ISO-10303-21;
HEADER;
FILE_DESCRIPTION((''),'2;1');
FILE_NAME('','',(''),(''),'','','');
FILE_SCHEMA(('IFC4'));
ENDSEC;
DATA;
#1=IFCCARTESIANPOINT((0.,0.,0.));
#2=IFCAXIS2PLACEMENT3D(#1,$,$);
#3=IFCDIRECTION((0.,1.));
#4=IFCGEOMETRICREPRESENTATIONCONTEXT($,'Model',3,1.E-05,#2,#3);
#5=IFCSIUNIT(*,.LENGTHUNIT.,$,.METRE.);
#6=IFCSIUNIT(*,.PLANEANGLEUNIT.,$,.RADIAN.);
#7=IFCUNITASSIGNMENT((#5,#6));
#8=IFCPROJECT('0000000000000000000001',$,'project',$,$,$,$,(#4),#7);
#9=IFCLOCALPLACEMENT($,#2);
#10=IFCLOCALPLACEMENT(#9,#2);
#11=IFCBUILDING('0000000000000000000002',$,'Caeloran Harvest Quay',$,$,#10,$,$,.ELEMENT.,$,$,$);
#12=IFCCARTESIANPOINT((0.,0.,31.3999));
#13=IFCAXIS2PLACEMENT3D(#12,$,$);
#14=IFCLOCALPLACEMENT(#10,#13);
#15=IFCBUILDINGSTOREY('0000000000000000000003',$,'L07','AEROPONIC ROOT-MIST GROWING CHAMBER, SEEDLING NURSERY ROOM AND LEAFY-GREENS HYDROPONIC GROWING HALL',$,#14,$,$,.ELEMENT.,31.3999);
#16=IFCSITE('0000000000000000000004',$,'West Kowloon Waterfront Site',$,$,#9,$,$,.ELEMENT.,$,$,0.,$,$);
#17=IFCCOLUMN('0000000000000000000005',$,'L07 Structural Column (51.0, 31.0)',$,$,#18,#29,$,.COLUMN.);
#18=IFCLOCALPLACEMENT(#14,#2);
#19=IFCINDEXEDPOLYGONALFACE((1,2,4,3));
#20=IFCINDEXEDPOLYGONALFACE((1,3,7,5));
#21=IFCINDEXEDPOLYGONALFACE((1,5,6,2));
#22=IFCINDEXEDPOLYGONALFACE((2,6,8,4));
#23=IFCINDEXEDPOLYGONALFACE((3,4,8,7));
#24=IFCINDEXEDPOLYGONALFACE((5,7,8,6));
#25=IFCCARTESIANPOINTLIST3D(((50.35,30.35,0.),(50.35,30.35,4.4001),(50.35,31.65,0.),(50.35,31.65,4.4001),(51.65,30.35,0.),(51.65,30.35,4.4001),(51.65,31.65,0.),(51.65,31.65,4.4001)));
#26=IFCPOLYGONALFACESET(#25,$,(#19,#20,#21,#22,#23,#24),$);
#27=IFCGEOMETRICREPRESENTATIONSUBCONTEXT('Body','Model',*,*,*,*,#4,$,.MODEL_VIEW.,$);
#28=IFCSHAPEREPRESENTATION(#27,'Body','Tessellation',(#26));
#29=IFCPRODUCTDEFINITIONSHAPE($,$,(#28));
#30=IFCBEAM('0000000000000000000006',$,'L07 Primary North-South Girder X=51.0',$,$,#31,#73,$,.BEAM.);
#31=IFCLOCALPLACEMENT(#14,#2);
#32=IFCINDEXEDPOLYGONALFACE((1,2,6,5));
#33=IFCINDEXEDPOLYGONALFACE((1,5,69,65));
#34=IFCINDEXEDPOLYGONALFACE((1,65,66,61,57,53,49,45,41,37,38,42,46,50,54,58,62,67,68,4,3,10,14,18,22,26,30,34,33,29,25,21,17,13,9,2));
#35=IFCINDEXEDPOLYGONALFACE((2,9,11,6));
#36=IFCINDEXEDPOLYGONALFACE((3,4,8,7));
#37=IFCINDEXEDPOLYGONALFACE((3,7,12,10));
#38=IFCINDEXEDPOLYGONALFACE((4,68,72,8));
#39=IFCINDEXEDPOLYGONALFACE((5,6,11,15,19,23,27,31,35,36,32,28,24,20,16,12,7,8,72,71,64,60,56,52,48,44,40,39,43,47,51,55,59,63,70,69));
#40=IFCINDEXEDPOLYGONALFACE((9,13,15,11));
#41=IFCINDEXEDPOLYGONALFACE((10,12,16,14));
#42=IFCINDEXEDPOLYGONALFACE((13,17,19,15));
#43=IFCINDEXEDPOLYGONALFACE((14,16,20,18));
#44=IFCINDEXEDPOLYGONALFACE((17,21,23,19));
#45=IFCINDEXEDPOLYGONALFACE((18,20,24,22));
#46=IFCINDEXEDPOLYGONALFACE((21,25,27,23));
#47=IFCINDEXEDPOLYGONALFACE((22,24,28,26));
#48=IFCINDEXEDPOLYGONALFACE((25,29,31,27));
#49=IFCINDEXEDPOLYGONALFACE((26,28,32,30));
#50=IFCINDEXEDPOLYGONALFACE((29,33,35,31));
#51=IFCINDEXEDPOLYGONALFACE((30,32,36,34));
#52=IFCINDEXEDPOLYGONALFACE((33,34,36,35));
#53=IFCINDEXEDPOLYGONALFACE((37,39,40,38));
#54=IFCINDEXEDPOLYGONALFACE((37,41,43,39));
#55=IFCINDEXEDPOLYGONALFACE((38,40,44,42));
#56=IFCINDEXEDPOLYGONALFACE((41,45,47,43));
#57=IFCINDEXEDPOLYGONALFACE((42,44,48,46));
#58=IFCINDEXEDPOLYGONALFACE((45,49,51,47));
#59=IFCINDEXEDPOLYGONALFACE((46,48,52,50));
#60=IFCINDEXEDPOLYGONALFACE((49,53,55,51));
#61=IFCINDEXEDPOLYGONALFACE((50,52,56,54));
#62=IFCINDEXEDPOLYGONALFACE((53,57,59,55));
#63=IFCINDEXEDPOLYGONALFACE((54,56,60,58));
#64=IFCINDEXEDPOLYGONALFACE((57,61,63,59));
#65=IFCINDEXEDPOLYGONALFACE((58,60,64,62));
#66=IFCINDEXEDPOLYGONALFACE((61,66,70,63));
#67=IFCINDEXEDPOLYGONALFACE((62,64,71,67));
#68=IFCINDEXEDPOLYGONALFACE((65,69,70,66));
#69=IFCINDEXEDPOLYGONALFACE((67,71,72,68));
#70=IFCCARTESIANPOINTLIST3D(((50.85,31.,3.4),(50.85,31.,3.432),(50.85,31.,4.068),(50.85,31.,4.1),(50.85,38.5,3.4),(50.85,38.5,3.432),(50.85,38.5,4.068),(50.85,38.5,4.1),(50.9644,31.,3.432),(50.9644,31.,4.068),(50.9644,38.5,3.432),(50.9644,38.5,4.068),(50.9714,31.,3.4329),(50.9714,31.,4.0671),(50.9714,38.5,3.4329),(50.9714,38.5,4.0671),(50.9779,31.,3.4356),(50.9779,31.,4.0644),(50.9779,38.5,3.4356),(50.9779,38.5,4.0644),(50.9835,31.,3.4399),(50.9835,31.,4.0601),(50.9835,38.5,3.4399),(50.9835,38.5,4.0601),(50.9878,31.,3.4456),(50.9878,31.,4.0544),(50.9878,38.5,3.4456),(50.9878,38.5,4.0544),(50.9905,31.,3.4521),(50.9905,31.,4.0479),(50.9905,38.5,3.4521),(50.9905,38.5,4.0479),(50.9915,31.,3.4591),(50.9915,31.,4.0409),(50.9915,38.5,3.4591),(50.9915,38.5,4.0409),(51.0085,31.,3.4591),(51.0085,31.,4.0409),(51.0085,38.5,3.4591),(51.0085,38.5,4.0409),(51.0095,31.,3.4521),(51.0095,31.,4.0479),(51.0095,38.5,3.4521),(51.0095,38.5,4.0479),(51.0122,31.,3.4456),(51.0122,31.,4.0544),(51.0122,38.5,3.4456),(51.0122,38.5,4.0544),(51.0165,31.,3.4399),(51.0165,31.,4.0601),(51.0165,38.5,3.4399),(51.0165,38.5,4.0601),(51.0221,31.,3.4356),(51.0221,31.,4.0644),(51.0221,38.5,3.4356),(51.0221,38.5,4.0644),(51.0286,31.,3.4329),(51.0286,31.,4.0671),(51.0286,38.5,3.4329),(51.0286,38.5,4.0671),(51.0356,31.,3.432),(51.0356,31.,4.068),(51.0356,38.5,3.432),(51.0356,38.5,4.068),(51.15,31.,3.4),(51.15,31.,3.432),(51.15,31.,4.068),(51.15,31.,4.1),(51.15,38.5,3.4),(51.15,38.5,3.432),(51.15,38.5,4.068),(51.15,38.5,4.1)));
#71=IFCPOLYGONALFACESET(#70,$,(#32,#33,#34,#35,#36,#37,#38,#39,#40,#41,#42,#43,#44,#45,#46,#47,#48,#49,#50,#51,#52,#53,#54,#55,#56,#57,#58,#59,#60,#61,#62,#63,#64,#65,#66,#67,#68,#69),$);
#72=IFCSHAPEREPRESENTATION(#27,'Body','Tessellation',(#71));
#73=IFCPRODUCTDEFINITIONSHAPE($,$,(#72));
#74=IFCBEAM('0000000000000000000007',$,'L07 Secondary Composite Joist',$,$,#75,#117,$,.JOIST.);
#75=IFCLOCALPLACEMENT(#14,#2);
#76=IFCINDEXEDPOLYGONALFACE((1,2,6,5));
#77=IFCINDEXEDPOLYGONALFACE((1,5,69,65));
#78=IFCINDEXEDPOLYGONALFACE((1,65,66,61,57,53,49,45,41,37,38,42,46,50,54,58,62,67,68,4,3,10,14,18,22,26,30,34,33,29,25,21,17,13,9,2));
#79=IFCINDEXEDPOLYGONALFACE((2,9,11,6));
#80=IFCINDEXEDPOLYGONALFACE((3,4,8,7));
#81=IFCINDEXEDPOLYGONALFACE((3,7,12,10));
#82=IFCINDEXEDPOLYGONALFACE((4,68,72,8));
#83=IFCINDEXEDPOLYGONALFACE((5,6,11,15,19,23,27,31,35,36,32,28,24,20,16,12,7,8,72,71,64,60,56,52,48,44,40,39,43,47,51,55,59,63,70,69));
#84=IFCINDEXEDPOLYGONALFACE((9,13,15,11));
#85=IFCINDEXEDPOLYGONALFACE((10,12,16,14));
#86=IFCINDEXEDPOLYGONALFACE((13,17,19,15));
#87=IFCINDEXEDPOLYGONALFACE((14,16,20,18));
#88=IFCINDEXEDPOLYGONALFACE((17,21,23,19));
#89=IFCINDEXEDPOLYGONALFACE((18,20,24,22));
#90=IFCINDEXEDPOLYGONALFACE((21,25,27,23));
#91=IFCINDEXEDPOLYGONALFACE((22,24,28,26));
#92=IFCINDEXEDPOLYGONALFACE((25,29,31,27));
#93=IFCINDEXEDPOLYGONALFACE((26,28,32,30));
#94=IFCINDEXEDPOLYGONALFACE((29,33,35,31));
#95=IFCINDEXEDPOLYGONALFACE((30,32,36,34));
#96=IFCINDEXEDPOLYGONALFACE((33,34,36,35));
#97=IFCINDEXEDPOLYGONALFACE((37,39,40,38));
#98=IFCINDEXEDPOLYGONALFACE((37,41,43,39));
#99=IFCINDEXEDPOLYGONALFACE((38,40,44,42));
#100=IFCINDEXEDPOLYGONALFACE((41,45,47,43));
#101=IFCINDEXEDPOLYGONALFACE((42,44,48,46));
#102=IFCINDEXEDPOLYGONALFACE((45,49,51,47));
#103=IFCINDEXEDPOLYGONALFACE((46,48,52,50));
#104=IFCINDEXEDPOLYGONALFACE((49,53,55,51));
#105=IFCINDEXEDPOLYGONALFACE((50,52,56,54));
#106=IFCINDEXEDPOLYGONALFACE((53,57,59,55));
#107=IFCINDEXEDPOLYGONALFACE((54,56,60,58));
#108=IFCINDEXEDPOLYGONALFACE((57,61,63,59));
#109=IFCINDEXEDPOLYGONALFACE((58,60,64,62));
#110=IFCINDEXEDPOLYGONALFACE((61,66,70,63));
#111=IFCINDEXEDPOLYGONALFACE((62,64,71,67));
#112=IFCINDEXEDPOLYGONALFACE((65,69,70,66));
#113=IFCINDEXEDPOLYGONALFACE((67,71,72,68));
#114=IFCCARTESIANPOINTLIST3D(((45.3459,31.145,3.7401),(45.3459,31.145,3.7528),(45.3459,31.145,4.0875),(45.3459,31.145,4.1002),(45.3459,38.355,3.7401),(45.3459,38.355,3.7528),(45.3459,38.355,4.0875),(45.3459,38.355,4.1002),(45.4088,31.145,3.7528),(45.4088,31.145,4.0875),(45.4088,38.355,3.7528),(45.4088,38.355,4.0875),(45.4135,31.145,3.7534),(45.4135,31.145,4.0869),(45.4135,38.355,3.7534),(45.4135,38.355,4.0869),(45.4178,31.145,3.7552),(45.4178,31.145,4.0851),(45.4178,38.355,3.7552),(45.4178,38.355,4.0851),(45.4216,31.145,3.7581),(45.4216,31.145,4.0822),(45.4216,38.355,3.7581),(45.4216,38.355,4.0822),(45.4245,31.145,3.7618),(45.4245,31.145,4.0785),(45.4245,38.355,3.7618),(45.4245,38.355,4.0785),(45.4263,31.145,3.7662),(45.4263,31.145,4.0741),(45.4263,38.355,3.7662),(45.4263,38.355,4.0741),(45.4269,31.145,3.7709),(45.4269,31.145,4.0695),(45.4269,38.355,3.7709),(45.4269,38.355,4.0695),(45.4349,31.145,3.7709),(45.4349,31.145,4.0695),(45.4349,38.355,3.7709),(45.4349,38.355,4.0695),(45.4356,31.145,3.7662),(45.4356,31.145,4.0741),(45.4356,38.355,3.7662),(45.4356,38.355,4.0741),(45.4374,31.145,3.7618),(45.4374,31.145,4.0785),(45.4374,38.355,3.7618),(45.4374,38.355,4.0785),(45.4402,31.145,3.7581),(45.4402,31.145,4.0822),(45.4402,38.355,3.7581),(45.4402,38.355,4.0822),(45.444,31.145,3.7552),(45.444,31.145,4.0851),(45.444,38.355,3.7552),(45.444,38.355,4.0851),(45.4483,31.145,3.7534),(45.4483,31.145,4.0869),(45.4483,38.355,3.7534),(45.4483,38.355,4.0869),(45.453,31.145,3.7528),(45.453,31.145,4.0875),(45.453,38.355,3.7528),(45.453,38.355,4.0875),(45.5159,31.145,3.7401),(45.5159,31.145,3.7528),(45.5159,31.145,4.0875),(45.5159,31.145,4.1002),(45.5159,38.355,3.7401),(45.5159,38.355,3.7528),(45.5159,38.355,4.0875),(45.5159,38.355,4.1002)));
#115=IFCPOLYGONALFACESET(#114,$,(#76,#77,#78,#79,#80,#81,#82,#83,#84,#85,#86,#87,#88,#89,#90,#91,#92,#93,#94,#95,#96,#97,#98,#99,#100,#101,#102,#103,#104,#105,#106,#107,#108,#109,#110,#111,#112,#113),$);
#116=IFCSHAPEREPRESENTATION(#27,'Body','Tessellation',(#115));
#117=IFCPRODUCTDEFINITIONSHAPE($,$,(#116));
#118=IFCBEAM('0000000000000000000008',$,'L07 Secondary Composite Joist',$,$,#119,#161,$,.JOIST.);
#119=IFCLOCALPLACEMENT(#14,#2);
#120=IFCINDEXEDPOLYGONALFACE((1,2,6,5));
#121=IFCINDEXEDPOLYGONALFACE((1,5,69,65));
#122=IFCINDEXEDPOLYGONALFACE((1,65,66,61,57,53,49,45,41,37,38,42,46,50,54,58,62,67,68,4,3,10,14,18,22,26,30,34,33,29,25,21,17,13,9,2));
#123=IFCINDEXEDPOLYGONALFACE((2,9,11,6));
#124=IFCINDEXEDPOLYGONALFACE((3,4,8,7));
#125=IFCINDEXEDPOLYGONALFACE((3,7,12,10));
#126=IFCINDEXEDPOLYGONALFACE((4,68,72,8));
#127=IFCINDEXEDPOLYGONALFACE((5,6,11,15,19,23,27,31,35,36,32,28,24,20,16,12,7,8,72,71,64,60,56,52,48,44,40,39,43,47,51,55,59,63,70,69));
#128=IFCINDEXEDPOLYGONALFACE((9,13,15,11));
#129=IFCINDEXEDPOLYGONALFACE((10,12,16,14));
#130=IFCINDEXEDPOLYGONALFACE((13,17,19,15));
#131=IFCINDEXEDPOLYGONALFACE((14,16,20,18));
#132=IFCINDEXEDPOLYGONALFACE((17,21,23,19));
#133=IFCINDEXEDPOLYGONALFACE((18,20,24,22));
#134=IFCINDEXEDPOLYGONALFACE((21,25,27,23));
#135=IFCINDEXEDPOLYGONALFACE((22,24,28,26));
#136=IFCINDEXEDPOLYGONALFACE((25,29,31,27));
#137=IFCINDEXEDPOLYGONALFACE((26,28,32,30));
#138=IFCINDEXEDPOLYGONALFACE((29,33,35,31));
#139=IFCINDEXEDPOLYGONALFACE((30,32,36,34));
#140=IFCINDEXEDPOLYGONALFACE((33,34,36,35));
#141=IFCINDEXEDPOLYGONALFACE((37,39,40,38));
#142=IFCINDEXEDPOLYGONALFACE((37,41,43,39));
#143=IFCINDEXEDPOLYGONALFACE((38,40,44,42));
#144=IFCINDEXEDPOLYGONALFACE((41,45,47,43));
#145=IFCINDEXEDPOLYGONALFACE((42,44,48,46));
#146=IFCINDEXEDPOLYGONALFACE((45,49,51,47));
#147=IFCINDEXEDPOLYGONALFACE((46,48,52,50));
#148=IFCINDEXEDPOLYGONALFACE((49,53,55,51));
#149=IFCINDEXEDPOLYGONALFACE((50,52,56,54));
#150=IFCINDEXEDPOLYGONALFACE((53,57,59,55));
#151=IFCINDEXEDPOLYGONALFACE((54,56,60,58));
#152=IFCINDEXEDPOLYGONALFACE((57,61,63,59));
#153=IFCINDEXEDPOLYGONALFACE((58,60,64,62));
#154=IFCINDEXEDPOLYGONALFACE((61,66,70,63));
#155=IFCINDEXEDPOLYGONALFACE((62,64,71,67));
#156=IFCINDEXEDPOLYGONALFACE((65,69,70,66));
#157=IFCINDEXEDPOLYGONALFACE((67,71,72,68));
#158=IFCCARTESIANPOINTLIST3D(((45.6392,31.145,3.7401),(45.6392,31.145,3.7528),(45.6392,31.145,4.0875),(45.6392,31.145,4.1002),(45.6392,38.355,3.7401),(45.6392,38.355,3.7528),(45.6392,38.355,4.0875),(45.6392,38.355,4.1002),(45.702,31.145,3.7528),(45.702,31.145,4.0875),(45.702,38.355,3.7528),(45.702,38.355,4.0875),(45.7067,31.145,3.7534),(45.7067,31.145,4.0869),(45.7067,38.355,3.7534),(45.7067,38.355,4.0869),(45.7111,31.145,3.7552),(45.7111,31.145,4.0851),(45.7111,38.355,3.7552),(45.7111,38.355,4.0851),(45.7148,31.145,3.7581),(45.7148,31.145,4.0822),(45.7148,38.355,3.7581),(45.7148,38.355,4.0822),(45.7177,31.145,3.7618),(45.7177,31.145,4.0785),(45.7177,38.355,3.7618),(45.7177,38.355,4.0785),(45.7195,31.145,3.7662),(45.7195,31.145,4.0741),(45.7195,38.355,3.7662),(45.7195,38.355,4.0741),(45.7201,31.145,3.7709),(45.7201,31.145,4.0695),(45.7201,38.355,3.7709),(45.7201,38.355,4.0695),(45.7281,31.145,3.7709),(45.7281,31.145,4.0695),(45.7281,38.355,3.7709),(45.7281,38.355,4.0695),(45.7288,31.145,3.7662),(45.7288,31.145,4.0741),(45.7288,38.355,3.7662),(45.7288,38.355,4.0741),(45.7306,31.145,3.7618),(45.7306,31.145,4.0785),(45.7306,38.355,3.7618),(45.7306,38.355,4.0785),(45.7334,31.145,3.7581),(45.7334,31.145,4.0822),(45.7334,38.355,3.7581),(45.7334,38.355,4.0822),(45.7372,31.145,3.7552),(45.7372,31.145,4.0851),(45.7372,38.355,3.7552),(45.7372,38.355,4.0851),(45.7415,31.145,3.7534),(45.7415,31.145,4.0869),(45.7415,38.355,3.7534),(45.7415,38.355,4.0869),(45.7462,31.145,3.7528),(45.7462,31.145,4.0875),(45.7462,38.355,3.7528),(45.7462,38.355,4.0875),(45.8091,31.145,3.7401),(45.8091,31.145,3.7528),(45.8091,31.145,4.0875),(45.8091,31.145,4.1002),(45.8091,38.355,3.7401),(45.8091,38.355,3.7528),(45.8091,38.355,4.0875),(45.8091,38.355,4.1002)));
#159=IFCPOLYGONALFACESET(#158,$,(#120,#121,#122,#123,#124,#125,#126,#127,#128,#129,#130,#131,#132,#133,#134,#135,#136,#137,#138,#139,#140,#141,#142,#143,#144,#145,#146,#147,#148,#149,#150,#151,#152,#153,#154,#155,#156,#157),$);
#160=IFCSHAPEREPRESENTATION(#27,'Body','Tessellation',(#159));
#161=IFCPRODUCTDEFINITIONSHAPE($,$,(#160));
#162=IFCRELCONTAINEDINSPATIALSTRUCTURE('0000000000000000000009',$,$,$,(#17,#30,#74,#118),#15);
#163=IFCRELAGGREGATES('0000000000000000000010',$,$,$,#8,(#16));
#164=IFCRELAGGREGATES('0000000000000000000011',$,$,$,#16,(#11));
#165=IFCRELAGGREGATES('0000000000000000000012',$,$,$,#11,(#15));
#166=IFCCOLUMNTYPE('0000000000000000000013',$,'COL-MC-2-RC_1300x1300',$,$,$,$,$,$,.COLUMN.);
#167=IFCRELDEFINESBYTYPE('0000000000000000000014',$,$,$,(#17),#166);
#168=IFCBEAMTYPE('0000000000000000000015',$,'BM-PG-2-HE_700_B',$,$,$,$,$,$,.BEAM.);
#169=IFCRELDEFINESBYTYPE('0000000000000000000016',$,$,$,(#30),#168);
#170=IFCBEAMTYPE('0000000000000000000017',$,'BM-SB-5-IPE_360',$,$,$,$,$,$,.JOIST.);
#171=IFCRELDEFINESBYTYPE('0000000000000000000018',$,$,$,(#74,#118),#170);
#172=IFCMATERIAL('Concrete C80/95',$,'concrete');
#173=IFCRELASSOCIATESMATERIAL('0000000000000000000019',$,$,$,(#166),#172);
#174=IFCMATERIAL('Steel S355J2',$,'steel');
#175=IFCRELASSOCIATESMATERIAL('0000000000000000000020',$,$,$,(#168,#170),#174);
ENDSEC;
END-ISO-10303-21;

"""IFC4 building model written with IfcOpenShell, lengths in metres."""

from ifc_helpers import new_model, si_unit, direction, frame, origin, origin_2d, place, context, subcontext, project, spatial, rectangle, i_section, extrude, material, material_profile, profile_set, type_object, element, save


model = new_model("IFC4")

# Units and contexts
model_context = context("Model", 3, precision=1e-05, world=origin(), true_north=direction((0.0, 1.0)))
body_context = subcontext(model_context, "Body", "Model", "MODEL_VIEW")
ifc_project = project(units=[si_unit("LENGTHUNIT", "METRE"), si_unit("PLANEANGLEUNIT", "RADIAN")], contexts=[model_context])

# Site, building, storey
site_placement = place(None, origin())
site = spatial("IfcSite", under=ifc_project, at=site_placement, Name="West Kowloon Waterfront Site", CompositionType="ELEMENT", RefElevation=0.0)
building_placement = place(site_placement, origin())
building = spatial("IfcBuilding", under=site, at=building_placement, Name="Caeloran Harvest Quay", CompositionType="ELEMENT")
storey_placement = place(building_placement, frame((0.0, 0.0, 31.3999)))
storey = spatial("IfcBuildingStorey", under=building, at=storey_placement, Name="L07", Description="AEROPONIC ROOT-MIST GROWING CHAMBER, SEEDLING NURSERY ROOM AND LEAFY-GREENS HYDROPONIC GROWING HALL", CompositionType="ELEMENT", Elevation=31.3999)

# Column
ifc_material_1 = material(Name="Concrete C80/95", Category="concrete")
ifc_material_profile_1 = material_profile(ifc_material_1, rectangle(XDim=1.3, YDim=1.3, at=origin_2d()), Name="RC 1300x1300")
ifc_profile_set_1 = profile_set([ifc_material_profile_1], Name="Concrete C80/95")
column_type = type_object("IfcColumnType", Name="COL-MC-2-RC_1300x1300", PredefinedType="COLUMN", material=ifc_profile_set_1)
column_placement = place(storey_placement, frame((51.0, 31.0, 0.0), z_axis=(0.0, 0.0, 1.0), x_axis=(1.0, 0.0, 0.0)))
element("IfcColumn", 1, at=column_placement, inside=storey, type_object=column_type, Name="L07 Structural Column (51.0, 31.0)", PredefinedType="COLUMN", context=body_context, shape_type="SweptSolid", body=[
    extrude(rectangle(XDim=1.3, YDim=1.3, at=origin_2d()), origin(), (0.0, 0.0, 1.0), 4.4001),
])

# Beams
ifc_material_2 = material(Name="Steel S355J2", Category="steel")
ifc_material_profile_2 = material_profile(ifc_material_2, i_section(OverallWidth=0.3, OverallDepth=0.7, WebThickness=0.0171, FlangeThickness=0.032, FilletRadius=0.0271, at=origin_2d()), Name="HE 700 B")
ifc_profile_set_2 = profile_set([ifc_material_profile_2], Name="Steel S355J2")
beam_type_1 = type_object("IfcBeamType", Name="BM-PG-2-HE_700_B", PredefinedType="BEAM", material=ifc_profile_set_2)
beam_placement = place(storey_placement, frame((51.0, 31.0, 3.75), z_axis=(0.0, 1.0, 0.0), x_axis=(-1.0, 0.0, 0.0)))
element("IfcBeam", 2, at=beam_placement, inside=storey, type_object=beam_type_1, Name="L07 Primary North-South Girder X=51.0", PredefinedType="BEAM", context=body_context, shape_type="SweptSolid", body=[
    extrude(i_section(OverallWidth=0.3, OverallDepth=0.7, WebThickness=0.0171, FlangeThickness=0.032, FilletRadius=0.0271, at=origin_2d()), origin(), (0.0, 0.0, 1.0), 7.5),
])
ifc_material_profile_3 = material_profile(ifc_material_2, i_section(OverallWidth=0.1699, OverallDepth=0.3601, WebThickness=0.0081, FlangeThickness=0.0127, FilletRadius=0.0181, at=origin_2d()), Name="IPE 360")
ifc_profile_set_3 = profile_set([ifc_material_profile_3], Name="Steel S355J2")
beam_type_2 = type_object("IfcBeamType", Name="BM-SB-5-IPE_360", PredefinedType="JOIST", material=ifc_profile_set_3)
for number, where, z_axis, x_axis, name in (
    (3, (45.4309, 31.145, 3.9202), (0.0, 1.0, 0.0), (-1.0, 0.0, 0.0), "L07 Secondary Composite Joist"),
    (4, (45.7241, 31.145, 3.9202), (0.0, 1.0, 0.0), (-1.0, 0.0, 0.0), "L07 Secondary Composite Joist"),
):
    element("IfcBeam", number, at=place(storey_placement, frame(where, z_axis=z_axis, x_axis=x_axis)), inside=storey, type_object=beam_type_2, Name=name, PredefinedType="JOIST", context=body_context, shape_type="SweptSolid", body=[
        extrude(i_section(OverallWidth=0.1699, OverallDepth=0.3601, WebThickness=0.0081, FlangeThickness=0.0127, FilletRadius=0.0181, at=origin_2d()), origin(), (0.0, 0.0, 1.0), 7.21),
    ])

save(model, "model.ifc")
